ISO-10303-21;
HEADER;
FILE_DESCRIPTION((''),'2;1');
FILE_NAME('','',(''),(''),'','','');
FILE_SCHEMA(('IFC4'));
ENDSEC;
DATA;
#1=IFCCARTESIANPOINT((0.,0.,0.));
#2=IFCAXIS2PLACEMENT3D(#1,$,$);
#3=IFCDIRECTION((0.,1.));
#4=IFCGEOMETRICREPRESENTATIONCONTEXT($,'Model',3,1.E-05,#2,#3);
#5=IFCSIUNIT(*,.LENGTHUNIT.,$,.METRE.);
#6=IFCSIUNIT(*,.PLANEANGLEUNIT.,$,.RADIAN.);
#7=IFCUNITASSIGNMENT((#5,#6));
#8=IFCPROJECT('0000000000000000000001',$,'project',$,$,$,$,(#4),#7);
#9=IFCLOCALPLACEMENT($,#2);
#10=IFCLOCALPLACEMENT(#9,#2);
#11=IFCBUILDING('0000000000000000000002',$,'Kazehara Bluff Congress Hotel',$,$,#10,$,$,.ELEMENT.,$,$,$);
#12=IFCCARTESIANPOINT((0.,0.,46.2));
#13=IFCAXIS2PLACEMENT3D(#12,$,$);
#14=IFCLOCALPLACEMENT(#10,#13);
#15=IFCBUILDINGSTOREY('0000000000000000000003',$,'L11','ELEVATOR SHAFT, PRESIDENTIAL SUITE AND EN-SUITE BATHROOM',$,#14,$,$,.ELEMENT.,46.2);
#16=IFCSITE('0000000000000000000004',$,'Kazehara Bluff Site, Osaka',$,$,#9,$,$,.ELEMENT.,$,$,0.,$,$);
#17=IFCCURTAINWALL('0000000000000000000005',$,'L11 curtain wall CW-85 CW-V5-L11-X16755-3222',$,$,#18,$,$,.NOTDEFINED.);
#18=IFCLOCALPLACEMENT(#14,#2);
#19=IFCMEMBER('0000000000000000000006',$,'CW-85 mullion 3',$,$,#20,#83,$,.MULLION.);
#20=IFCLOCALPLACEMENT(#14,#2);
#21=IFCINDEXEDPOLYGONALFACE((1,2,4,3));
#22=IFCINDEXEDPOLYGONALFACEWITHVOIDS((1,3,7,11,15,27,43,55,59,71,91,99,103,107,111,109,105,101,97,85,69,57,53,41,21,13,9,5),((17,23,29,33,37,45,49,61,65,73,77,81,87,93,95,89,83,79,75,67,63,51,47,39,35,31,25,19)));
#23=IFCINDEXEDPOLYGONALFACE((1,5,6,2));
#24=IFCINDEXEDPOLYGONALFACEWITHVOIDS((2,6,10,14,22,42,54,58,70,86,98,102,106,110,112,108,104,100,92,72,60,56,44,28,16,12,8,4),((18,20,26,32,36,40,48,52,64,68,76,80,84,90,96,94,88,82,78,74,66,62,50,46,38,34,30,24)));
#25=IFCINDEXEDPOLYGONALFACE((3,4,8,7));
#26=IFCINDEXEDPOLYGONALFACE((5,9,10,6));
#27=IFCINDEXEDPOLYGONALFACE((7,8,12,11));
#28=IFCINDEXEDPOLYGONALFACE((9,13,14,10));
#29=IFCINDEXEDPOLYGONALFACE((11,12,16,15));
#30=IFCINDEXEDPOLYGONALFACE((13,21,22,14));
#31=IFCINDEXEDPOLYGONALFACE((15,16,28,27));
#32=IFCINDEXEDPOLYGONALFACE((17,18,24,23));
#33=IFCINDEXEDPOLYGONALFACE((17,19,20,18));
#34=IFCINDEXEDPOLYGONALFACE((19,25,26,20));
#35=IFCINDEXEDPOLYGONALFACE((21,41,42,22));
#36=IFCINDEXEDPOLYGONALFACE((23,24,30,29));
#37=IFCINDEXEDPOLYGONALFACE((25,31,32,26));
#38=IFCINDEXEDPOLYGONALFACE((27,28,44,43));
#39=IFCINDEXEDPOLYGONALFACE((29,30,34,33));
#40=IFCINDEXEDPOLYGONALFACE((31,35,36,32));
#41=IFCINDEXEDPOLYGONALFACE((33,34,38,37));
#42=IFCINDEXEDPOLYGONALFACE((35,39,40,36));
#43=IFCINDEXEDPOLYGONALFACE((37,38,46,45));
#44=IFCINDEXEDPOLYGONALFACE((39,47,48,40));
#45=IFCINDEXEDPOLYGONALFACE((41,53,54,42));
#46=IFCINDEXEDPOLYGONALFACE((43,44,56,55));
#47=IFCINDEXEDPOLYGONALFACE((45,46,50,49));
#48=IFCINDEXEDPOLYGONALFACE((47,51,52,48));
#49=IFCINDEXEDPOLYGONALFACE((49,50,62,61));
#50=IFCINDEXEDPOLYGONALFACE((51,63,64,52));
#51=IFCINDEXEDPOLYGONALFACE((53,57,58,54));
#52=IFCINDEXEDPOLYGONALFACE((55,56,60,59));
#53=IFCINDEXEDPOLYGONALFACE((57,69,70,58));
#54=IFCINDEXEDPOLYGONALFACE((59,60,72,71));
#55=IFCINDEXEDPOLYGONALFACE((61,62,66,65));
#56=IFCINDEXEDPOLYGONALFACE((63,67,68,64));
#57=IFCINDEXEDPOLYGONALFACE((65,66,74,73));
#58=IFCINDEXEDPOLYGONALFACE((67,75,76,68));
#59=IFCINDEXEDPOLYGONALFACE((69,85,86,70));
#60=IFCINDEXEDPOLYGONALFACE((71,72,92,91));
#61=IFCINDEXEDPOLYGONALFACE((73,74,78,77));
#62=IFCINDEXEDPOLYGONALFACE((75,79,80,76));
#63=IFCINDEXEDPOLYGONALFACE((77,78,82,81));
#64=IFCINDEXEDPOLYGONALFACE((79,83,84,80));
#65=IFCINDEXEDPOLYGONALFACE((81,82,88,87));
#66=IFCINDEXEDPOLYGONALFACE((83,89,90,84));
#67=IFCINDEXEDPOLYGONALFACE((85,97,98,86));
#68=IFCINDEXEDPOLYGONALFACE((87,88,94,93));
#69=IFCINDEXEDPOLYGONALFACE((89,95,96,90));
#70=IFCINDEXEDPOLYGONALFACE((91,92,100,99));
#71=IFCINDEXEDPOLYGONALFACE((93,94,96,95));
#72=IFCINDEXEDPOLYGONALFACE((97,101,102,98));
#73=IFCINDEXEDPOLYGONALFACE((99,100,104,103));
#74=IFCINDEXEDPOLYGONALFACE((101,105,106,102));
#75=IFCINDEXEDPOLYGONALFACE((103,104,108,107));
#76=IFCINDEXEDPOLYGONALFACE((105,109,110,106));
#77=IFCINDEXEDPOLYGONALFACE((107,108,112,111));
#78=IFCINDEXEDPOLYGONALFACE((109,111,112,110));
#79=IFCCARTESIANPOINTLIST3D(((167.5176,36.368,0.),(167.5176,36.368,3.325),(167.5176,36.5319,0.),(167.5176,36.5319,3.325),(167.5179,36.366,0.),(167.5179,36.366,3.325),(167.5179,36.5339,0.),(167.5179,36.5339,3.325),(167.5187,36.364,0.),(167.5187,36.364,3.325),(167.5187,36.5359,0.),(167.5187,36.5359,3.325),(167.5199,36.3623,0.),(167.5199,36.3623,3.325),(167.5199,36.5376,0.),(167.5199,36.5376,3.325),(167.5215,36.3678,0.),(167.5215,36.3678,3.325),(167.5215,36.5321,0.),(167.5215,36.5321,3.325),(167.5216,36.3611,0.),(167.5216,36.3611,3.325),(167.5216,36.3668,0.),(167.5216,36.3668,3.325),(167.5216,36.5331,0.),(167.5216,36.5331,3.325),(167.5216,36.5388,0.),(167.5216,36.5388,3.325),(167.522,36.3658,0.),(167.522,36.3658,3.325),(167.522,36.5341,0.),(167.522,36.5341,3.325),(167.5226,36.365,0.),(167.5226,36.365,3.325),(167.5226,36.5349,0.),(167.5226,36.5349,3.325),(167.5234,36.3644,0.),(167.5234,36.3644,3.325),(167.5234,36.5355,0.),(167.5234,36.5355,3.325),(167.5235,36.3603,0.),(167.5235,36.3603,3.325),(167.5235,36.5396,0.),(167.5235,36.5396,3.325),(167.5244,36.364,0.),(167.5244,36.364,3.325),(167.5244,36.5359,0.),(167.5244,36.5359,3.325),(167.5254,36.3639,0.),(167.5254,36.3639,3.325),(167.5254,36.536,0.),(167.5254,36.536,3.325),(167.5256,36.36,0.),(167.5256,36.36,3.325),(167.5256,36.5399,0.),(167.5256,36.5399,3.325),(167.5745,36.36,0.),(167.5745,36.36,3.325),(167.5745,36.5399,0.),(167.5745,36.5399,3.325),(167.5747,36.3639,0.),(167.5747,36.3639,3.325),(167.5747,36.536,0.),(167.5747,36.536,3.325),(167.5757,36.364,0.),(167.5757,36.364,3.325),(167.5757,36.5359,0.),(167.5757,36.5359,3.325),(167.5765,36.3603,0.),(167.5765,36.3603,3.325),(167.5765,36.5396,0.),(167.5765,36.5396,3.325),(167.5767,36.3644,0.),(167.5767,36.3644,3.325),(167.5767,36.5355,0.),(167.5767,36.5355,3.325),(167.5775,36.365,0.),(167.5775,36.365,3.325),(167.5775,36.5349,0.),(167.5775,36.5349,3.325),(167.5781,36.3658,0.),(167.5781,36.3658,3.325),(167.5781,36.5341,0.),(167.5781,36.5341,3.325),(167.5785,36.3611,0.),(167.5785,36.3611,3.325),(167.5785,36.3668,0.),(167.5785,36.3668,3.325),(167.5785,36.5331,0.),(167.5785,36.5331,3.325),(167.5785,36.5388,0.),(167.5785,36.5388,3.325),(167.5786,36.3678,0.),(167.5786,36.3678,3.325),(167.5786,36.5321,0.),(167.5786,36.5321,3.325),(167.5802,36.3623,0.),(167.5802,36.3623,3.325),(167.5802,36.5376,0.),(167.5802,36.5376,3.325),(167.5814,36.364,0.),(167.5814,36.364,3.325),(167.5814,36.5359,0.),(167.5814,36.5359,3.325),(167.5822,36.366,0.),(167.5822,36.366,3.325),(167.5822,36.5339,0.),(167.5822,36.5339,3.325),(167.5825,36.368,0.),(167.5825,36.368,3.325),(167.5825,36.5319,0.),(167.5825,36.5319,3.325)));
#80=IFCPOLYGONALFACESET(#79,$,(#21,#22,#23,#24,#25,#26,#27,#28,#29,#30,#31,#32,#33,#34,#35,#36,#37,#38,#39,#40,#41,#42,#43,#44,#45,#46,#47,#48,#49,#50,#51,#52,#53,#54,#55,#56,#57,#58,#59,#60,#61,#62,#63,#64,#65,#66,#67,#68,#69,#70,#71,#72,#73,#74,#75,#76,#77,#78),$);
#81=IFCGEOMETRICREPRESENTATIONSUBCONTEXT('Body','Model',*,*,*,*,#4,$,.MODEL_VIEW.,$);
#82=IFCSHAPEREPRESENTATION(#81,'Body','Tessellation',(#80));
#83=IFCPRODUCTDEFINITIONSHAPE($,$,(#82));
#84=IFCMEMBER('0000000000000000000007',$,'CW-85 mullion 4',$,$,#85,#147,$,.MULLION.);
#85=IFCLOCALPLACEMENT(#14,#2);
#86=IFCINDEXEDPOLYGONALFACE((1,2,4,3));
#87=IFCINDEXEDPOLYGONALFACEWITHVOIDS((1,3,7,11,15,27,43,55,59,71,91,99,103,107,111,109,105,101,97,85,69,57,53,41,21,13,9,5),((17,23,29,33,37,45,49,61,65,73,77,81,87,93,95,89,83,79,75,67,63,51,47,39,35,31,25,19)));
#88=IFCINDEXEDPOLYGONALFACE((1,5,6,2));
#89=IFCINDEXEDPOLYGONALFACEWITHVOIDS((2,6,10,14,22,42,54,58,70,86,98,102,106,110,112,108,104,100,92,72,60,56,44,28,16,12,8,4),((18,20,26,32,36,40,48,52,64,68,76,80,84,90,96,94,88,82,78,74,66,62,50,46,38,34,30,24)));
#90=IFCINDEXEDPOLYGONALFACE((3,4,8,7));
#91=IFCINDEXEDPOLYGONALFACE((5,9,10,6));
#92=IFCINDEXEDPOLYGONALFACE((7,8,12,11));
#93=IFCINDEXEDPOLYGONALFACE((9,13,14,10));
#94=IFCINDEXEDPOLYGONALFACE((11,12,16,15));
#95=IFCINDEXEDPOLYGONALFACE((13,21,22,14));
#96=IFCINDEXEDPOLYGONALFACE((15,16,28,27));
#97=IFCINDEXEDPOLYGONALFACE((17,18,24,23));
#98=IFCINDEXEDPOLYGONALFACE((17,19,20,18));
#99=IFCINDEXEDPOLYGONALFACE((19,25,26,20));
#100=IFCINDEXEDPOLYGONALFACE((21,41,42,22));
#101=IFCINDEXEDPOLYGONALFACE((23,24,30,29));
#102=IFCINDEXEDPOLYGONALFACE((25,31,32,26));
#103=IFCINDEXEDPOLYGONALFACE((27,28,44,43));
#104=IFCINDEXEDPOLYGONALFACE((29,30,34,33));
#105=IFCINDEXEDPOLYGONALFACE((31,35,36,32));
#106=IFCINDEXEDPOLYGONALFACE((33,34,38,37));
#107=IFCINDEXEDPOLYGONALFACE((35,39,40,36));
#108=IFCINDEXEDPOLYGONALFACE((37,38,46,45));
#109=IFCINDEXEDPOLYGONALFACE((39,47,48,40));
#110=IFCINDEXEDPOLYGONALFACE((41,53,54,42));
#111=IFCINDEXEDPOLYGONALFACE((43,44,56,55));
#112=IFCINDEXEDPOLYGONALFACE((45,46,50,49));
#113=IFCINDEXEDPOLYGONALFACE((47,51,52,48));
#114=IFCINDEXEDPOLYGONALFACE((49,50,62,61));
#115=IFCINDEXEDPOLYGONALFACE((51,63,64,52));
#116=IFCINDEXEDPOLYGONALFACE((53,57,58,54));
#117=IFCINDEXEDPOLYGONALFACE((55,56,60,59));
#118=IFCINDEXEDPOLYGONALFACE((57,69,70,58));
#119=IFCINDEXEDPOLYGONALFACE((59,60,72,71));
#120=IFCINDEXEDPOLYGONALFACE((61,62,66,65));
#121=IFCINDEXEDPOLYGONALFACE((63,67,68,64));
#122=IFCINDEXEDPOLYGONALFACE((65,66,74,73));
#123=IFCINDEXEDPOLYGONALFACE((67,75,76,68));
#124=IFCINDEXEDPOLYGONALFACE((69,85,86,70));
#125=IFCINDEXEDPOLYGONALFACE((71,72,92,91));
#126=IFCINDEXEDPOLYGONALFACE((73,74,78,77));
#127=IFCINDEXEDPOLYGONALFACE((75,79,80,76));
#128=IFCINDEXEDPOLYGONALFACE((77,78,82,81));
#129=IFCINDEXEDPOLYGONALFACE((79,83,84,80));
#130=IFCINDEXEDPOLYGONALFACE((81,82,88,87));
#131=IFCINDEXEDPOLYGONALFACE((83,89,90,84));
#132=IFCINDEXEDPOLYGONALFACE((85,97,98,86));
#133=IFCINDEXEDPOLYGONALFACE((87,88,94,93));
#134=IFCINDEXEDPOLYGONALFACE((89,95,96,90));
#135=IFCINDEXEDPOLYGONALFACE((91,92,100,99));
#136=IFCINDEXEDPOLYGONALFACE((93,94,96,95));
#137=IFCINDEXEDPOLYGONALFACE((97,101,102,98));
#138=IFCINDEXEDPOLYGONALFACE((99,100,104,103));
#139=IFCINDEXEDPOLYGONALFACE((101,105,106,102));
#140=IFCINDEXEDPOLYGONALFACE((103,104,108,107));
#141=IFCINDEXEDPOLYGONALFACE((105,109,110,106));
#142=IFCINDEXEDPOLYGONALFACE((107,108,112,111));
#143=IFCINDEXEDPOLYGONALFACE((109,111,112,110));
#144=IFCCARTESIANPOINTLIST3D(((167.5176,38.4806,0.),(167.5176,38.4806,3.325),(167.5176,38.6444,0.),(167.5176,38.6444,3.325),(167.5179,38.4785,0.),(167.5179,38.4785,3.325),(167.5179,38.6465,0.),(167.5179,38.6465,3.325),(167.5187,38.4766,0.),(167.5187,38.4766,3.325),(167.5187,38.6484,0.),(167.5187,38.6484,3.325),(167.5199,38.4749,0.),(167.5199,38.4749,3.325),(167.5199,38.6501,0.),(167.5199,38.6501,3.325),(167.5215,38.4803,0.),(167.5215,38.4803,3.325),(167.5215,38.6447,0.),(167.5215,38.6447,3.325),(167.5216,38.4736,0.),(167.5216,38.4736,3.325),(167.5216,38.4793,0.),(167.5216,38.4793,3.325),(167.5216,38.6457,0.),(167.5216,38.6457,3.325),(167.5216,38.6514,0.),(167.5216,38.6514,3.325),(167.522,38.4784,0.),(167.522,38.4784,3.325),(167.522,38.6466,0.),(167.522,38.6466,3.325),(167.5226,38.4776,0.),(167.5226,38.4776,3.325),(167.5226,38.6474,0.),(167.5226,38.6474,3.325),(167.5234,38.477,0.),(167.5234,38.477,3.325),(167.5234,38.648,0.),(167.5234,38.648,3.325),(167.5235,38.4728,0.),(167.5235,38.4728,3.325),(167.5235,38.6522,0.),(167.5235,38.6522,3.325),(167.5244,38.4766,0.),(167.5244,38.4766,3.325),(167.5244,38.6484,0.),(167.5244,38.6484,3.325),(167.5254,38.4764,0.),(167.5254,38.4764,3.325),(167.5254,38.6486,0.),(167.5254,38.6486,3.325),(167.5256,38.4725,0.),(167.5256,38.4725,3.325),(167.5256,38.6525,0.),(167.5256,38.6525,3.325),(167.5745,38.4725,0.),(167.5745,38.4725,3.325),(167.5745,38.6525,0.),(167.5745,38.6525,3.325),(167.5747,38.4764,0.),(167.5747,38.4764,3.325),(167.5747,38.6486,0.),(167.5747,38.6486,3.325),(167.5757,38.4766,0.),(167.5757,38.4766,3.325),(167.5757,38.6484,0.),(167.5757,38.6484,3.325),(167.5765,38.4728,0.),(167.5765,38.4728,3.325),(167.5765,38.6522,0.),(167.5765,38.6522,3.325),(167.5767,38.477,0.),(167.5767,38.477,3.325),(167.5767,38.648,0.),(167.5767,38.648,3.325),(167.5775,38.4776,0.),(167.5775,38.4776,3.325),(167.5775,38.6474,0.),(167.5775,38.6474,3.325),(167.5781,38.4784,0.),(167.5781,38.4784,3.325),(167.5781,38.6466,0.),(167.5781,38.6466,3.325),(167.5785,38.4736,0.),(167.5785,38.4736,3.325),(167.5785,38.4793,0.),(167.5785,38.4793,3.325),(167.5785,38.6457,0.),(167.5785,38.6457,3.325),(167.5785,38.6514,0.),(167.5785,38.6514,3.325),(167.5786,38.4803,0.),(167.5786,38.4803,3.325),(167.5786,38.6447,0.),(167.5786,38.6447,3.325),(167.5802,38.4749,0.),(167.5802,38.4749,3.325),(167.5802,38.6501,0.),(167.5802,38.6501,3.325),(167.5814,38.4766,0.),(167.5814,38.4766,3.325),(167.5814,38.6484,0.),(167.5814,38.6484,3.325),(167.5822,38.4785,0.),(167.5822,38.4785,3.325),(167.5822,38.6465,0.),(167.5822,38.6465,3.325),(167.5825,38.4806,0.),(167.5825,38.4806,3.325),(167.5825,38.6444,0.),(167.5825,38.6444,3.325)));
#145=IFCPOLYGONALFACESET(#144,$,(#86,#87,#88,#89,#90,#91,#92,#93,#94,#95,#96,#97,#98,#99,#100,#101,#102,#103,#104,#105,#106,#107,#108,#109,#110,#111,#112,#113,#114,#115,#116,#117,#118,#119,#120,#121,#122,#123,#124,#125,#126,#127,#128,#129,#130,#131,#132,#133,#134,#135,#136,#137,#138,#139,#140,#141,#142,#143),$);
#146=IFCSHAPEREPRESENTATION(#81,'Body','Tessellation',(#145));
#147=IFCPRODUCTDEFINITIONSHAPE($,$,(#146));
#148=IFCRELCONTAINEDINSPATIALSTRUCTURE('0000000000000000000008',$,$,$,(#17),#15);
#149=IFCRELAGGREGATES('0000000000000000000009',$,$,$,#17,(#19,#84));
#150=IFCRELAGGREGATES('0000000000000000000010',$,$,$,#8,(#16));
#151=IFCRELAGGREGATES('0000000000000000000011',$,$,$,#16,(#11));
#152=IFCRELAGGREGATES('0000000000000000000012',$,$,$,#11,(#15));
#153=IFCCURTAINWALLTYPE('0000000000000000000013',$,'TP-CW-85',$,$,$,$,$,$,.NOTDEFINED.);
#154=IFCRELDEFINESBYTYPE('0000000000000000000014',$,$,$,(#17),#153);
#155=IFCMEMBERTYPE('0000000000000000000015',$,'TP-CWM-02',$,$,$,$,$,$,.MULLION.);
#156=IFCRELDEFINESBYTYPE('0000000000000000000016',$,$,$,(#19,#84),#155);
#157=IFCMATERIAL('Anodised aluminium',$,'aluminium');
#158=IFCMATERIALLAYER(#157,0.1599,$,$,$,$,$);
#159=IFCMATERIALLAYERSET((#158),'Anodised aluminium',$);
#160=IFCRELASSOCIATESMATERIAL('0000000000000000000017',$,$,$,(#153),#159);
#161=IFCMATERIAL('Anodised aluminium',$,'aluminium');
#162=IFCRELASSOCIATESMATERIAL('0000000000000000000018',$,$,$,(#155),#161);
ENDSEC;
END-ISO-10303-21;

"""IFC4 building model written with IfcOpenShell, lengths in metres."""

from ifc_helpers import new_model, si_unit, direction, frame, origin, origin_2d, place, context, subcontext, project, spatial, hollow_rectangle, extrude, material, layer, layer_set, material_profile, profile_set, type_object, element, aggregate, save


model = new_model("IFC4")

# Units and contexts
model_context = context("Model", 3, precision=1e-05, world=origin(), true_north=direction((0.0, 1.0)))
body_context = subcontext(model_context, "Body", "Model", "MODEL_VIEW")
ifc_project = project(units=[si_unit("LENGTHUNIT", "METRE"), si_unit("PLANEANGLEUNIT", "RADIAN")], contexts=[model_context])

# Site, building, storey
site_placement = place(None, origin())
site = spatial("IfcSite", under=ifc_project, at=site_placement, Name="Kazehara Bluff Site, Osaka", CompositionType="ELEMENT", RefElevation=0.0)
building_placement = place(site_placement, origin())
building = spatial("IfcBuilding", under=site, at=building_placement, Name="Kazehara Bluff Congress Hotel", CompositionType="ELEMENT")
storey_placement = place(building_placement, frame((0.0, 0.0, 46.2)))
storey = spatial("IfcBuildingStorey", under=building, at=storey_placement, Name="L11", Description="ELEVATOR SHAFT, PRESIDENTIAL SUITE AND EN-SUITE BATHROOM", CompositionType="ELEMENT", Elevation=46.2)

# Curtain wall, members
ifc_material_1 = material(Name="Anodised aluminium", Category="aluminium")
ifc_layer_1 = layer(ifc_material_1, 0.1599)
ifc_layer_set_1 = layer_set([ifc_layer_1], Name="Anodised aluminium")
curtain_wall_type = type_object("IfcCurtainWallType", Name="TP-CW-85", PredefinedType="NOTDEFINED", material=ifc_layer_set_1)
curtain_wall_placement = place(storey_placement, origin())
curtain_wall = element("IfcCurtainWall", 1, at=curtain_wall_placement, inside=storey, type_object=curtain_wall_type, Name="L11 curtain wall CW-85 CW-V5-L11-X16755-3222", PredefinedType="NOTDEFINED")
ifc_material_2 = material(Name="Anodised aluminium", Category="aluminium")
ifc_material_profile_1 = material_profile(ifc_material_2, hollow_rectangle(XDim=0.0649, YDim=0.1799, WallThickness=0.0039, InnerFilletRadius=0.0039, OuterFilletRadius=0.0081, at=origin_2d()))
ifc_profile_set_1 = profile_set([ifc_material_profile_1], Name="Anodised aluminium")
member_type_1 = type_object("IfcMemberType", Name="TP-CWM-02", PredefinedType="MULLION", material=ifc_profile_set_1)
member_1_placement = place(storey_placement, frame((167.55, 36.45, 0.0), z_axis=(0.0, 0.0, 1.0), x_axis=(-1.0, 0.0, 0.0)))
member_1 = element("IfcMember", 2, at=member_1_placement, type_object=member_type_1, Name="CW-85 mullion 3", PredefinedType="MULLION", context=body_context, shape_type="SweptSolid", body=[
    extrude(hollow_rectangle(XDim=0.0649, YDim=0.1799, WallThickness=0.0039, InnerFilletRadius=0.0039, OuterFilletRadius=0.0081, at=origin_2d()), origin(), (0.0, 0.0, 1.0), 3.325),
])
member_2_placement = place(storey_placement, frame((167.55, 38.5625, 0.0), z_axis=(0.0, 0.0, 1.0), x_axis=(-1.0, 0.0, 0.0)))
member_2 = element("IfcMember", 3, at=member_2_placement, type_object=member_type_1, Name="CW-85 mullion 4", PredefinedType="MULLION", context=body_context, shape_type="SweptSolid", body=[
    extrude(hollow_rectangle(XDim=0.0649, YDim=0.1799, WallThickness=0.0039, InnerFilletRadius=0.0039, OuterFilletRadius=0.0081, at=origin_2d()), origin(), (0.0, 0.0, 1.0), 3.325),
])

aggregate(curtain_wall, [member_1, member_2])

save(model, "model.ifc")
